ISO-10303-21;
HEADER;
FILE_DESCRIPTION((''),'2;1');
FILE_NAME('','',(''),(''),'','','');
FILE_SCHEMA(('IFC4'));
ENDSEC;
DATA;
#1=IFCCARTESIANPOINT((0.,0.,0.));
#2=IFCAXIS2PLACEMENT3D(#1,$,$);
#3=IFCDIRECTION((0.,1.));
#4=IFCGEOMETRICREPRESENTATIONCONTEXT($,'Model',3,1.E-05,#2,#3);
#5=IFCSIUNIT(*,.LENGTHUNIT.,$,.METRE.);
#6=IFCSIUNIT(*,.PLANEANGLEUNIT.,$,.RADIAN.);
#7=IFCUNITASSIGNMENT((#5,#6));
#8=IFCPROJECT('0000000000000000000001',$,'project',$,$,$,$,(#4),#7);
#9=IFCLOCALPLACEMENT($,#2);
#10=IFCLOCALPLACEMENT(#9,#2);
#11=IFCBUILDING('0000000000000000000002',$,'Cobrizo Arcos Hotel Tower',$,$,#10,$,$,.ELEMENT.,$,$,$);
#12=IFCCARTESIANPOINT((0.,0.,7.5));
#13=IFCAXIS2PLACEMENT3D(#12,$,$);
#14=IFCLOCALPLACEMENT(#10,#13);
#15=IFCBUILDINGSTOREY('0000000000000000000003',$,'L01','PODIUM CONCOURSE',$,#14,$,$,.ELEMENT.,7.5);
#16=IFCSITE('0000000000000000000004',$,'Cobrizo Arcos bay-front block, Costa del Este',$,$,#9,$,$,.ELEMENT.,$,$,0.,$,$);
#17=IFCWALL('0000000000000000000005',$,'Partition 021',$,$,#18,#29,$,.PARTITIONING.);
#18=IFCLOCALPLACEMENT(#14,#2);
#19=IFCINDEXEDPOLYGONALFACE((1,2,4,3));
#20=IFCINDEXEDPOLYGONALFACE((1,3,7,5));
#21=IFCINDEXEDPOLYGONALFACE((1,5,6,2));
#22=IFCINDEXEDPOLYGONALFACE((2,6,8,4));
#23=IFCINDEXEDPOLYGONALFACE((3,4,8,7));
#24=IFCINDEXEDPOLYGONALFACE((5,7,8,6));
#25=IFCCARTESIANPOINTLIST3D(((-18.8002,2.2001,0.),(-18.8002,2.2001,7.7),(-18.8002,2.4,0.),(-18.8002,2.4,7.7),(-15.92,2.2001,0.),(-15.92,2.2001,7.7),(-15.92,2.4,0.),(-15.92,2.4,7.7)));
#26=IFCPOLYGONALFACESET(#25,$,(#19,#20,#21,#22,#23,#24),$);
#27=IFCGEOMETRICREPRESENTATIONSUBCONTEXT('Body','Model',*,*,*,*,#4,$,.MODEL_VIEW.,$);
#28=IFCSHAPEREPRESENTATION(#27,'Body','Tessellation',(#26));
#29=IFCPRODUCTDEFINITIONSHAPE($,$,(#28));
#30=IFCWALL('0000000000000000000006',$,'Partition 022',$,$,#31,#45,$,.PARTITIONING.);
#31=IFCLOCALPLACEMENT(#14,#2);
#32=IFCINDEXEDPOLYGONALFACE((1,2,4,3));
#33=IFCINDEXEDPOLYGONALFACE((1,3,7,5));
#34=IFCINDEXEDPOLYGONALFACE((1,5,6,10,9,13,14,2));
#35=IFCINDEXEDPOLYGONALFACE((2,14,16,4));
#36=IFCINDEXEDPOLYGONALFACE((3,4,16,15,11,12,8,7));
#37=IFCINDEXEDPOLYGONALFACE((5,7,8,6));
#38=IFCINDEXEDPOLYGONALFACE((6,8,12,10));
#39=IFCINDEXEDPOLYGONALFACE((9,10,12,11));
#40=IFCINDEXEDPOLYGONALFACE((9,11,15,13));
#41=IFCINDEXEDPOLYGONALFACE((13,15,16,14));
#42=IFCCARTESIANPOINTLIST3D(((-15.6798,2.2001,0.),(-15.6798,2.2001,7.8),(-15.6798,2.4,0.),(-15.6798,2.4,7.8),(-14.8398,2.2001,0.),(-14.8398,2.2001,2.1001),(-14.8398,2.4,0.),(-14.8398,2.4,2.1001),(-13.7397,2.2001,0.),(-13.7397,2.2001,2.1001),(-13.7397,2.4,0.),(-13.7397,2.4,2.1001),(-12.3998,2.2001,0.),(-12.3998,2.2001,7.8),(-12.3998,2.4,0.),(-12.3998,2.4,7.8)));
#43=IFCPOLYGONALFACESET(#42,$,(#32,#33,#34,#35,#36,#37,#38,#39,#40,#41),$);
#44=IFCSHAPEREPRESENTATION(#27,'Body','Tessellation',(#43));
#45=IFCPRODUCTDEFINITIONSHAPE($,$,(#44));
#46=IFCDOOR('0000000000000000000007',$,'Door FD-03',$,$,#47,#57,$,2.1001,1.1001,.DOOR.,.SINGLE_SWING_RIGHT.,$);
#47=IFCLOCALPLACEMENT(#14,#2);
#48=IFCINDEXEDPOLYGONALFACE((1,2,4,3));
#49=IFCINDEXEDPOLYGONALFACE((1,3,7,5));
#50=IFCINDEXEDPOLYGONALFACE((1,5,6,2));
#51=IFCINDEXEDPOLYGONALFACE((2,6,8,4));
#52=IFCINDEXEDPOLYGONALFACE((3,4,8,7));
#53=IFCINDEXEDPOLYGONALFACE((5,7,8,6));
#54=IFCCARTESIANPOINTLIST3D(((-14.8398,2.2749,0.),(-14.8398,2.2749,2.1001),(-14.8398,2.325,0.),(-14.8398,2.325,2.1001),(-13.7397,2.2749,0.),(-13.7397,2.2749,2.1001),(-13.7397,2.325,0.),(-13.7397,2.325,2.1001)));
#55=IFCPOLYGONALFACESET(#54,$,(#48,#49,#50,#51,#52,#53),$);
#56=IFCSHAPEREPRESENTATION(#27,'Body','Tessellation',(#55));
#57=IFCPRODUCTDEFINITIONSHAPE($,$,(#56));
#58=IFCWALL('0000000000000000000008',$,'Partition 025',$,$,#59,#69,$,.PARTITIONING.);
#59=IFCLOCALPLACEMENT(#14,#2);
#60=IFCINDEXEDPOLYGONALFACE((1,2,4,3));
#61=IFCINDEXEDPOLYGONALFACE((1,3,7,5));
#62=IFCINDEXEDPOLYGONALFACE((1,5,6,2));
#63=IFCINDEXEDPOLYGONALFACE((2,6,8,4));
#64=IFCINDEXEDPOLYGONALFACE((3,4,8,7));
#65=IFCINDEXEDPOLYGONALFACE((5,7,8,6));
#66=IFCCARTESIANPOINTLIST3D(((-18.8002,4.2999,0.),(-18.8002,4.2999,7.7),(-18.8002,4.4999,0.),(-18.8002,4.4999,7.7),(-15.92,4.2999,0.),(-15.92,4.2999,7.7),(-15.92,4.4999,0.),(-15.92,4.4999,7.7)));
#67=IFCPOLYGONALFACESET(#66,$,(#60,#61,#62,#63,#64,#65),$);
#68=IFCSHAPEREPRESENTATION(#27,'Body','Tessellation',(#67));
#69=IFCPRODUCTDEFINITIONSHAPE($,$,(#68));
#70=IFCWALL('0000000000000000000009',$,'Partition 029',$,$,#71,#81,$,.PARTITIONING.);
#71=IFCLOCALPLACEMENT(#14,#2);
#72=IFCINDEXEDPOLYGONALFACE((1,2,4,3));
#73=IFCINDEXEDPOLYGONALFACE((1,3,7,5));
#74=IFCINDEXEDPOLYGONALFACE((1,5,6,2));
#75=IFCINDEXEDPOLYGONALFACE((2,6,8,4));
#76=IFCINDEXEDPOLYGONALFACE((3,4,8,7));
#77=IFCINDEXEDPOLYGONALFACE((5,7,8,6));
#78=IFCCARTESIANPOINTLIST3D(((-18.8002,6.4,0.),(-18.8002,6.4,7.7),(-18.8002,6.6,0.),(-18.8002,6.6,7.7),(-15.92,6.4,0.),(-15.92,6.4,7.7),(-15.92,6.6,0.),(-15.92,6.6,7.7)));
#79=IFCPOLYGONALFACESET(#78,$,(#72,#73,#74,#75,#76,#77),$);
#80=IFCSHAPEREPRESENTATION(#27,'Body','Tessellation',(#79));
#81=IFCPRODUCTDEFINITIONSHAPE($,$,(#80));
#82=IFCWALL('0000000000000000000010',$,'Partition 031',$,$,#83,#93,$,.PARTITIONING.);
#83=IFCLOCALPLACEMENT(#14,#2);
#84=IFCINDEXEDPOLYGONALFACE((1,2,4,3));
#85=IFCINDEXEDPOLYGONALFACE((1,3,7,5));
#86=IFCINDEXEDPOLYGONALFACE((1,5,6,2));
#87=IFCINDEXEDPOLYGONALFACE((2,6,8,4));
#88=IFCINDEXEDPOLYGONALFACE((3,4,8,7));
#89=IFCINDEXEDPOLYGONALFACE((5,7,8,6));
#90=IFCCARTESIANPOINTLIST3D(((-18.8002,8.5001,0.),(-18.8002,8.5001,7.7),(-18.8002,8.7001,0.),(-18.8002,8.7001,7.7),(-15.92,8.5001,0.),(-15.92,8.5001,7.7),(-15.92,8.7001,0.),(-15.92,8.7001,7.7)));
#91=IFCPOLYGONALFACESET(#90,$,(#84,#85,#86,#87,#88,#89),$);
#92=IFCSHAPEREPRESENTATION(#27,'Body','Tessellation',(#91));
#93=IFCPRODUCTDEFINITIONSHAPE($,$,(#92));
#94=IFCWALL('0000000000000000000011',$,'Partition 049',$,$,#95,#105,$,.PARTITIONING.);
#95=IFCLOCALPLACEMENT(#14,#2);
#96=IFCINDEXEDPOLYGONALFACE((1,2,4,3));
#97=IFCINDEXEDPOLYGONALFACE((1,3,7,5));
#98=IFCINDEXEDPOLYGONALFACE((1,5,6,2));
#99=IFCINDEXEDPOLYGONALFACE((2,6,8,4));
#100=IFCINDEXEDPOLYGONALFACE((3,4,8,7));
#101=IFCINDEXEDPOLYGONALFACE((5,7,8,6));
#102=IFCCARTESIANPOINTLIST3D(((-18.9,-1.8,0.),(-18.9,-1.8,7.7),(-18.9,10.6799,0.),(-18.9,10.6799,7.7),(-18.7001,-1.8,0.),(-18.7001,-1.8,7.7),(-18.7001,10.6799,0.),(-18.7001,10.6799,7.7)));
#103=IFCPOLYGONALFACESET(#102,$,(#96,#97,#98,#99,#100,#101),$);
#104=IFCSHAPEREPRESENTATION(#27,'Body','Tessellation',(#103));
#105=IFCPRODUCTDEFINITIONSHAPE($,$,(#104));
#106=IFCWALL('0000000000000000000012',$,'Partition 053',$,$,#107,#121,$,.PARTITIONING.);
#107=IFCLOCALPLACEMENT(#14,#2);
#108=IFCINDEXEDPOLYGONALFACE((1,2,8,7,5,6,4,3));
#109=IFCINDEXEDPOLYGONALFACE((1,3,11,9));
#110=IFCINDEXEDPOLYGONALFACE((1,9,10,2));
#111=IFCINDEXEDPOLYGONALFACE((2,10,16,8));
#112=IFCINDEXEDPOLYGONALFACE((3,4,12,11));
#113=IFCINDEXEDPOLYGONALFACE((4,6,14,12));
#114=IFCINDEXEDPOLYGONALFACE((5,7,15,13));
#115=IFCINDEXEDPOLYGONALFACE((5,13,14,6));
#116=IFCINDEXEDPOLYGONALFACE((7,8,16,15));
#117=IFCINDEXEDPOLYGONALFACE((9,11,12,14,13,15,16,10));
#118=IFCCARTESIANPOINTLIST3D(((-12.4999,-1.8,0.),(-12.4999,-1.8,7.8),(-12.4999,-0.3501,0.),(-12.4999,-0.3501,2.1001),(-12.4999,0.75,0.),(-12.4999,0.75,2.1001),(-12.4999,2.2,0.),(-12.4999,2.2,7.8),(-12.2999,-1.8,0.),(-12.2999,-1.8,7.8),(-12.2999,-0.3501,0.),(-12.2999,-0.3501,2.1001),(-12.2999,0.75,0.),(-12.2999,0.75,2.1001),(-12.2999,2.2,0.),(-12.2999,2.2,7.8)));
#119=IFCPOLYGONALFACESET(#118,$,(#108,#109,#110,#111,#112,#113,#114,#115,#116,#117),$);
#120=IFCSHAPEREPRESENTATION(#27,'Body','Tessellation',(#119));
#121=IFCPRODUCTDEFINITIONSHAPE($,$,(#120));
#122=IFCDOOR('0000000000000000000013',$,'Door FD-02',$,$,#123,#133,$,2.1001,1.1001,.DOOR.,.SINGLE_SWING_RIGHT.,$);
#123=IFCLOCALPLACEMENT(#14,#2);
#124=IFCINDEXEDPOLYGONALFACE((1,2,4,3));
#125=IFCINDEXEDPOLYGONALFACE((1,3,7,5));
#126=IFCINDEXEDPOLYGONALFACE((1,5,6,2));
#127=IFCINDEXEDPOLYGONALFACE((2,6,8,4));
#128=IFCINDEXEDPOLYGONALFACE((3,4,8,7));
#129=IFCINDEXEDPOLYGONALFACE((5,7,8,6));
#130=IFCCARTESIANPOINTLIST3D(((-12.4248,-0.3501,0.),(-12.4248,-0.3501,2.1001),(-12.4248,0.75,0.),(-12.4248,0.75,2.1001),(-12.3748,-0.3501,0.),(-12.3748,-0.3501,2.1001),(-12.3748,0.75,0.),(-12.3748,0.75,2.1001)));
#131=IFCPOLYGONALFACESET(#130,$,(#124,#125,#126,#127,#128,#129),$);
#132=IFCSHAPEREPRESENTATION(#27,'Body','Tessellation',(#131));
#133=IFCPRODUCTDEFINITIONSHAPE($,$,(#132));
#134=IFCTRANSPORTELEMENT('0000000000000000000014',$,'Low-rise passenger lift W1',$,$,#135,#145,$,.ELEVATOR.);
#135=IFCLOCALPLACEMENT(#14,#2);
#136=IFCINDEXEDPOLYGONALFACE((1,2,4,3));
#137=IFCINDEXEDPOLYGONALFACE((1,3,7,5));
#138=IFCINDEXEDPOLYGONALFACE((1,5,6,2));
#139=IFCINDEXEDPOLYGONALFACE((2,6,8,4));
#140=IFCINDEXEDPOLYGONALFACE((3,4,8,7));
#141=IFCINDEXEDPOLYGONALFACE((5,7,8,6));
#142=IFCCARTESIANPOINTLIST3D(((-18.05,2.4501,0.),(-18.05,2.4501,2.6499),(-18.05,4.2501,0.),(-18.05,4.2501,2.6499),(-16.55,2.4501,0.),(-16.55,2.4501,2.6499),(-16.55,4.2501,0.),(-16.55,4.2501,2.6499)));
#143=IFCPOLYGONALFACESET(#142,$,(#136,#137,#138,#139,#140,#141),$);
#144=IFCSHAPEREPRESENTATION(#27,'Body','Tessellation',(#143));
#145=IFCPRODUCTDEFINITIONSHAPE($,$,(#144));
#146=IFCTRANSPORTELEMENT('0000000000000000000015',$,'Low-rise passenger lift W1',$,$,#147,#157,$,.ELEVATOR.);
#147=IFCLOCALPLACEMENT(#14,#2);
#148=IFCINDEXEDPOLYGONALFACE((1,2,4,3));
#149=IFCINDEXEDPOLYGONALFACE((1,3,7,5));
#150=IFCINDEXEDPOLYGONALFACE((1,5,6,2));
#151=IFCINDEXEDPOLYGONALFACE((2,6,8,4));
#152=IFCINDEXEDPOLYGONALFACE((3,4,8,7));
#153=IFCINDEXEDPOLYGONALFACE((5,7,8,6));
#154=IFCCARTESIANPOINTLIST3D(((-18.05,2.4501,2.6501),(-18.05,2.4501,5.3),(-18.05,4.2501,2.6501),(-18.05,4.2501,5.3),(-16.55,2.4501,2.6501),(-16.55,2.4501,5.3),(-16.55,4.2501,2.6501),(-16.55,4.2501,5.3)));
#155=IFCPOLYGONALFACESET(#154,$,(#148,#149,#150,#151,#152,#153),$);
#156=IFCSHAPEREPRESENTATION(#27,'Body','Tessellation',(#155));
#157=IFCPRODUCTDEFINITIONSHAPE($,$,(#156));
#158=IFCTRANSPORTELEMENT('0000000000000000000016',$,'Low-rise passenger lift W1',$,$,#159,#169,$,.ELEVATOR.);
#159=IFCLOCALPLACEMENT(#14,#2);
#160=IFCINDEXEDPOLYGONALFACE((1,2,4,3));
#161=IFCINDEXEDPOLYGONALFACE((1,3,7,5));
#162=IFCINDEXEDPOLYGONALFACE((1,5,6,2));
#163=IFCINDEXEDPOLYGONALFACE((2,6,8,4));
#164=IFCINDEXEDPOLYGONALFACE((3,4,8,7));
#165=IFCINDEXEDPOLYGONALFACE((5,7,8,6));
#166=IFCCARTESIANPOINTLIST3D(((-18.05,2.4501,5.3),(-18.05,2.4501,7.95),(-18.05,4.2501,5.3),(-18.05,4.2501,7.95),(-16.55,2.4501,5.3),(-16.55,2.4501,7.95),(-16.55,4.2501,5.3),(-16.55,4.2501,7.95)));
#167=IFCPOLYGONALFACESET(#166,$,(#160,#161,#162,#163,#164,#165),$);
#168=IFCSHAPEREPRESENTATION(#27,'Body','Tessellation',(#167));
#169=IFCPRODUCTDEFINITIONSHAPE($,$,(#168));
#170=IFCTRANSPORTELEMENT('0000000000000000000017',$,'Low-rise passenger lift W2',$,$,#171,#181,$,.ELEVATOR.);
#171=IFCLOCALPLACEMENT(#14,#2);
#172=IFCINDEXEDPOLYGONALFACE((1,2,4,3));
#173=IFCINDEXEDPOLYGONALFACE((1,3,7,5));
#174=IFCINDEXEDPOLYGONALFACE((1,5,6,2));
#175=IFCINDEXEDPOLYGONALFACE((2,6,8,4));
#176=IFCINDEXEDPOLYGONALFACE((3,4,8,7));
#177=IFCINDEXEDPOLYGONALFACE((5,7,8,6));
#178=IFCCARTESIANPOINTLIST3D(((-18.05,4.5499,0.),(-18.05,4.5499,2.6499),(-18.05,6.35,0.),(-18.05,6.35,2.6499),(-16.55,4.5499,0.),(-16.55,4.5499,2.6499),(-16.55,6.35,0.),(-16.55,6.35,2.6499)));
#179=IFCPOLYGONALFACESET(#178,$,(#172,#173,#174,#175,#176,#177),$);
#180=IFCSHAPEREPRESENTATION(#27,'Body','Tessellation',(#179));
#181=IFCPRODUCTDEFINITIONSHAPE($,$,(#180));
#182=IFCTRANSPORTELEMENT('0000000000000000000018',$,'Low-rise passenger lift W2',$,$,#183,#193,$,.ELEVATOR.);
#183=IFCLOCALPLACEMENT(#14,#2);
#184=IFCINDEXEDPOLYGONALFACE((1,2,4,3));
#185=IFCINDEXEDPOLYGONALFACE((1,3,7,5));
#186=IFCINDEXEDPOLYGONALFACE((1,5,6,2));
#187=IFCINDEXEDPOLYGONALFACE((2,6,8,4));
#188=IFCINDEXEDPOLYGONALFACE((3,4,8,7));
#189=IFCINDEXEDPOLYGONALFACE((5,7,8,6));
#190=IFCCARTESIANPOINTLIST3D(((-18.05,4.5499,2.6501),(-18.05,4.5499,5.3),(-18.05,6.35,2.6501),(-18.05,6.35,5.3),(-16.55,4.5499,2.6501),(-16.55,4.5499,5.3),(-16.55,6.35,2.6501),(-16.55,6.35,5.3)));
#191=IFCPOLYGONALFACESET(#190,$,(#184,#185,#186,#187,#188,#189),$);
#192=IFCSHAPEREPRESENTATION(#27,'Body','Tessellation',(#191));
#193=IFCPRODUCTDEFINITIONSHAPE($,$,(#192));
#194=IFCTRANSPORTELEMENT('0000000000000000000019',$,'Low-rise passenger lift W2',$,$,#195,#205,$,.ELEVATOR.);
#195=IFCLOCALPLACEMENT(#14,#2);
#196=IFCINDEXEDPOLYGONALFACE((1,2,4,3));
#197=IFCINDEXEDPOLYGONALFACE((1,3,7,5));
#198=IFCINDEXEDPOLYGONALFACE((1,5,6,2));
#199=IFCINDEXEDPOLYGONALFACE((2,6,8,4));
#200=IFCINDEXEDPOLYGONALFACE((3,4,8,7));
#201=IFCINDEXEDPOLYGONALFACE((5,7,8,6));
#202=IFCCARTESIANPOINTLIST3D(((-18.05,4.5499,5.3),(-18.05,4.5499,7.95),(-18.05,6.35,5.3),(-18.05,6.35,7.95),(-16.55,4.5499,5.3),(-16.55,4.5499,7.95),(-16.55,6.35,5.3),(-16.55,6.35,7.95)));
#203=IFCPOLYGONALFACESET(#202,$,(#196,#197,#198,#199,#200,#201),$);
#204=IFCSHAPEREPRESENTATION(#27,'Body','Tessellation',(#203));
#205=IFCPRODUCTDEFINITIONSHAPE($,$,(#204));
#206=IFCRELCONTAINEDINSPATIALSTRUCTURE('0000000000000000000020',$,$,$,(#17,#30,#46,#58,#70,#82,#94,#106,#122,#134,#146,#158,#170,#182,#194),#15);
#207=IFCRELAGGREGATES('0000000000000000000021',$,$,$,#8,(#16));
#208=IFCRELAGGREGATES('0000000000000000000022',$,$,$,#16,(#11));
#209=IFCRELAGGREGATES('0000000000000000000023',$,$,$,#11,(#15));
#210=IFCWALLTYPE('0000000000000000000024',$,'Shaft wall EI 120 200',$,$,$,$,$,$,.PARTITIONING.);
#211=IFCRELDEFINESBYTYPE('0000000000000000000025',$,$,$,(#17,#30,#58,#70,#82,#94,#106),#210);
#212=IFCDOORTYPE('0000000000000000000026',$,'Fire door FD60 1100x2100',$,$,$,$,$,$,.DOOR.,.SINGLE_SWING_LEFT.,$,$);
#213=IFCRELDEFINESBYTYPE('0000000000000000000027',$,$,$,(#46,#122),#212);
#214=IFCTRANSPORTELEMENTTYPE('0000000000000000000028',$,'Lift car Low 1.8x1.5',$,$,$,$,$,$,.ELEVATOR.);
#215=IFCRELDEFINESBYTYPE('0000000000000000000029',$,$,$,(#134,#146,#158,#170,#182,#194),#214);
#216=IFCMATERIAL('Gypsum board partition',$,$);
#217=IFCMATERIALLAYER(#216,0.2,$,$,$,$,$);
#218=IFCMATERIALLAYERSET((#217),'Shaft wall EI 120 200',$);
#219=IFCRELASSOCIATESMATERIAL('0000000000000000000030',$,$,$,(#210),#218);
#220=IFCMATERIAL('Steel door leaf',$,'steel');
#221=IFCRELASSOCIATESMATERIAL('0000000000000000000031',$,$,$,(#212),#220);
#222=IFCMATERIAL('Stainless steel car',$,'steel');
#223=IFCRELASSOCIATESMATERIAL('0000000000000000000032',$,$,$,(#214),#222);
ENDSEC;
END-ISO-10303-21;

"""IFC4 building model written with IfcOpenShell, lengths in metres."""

from ifc_helpers import new_model, si_unit, direction, frame, frame_2d, origin, origin_2d, place, context, subcontext, project, spatial, rectangle, extrude, material, layer, layer_set, type_object, element, fill, save


model = new_model("IFC4")

# Units and contexts
model_context = context("Model", 3, precision=1e-05, world=origin(), true_north=direction((0.0, 1.0)))
body_context = subcontext(model_context, "Body", "Model", "MODEL_VIEW")
ifc_project = project(units=[si_unit("LENGTHUNIT", "METRE"), si_unit("PLANEANGLEUNIT", "RADIAN")], contexts=[model_context])

# Site, building, storey
site_placement = place(None, origin())
site = spatial("IfcSite", under=ifc_project, at=site_placement, Name="Cobrizo Arcos bay-front block, Costa del Este", CompositionType="ELEMENT", RefElevation=0.0)
building_placement = place(site_placement, origin())
building = spatial("IfcBuilding", under=site, at=building_placement, Name="Cobrizo Arcos Hotel Tower", CompositionType="ELEMENT")
storey_placement = place(building_placement, frame((0.0, 0.0, 7.5)))
storey = spatial("IfcBuildingStorey", under=building, at=storey_placement, Name="L01", Description="PODIUM CONCOURSE", CompositionType="ELEMENT", Elevation=7.5)

# Wall
ifc_material_1 = material(Name="Gypsum board partition")
ifc_layer_1 = layer(ifc_material_1, 0.2)
ifc_layer_set_1 = layer_set([ifc_layer_1], Name="Shaft wall EI 120 200")
wall_type_1 = type_object("IfcWallType", Name="Shaft wall EI 120 200", PredefinedType="PARTITIONING", material=ifc_layer_set_1)
for number, where, z_axis, x_axis, name in (
    (1, (-18.8, 2.3, 0.0), (0.0, 0.0, 1.0), (1.0, 0.0, 0.0), "Partition 021"),
):
    element("IfcWall", number, at=place(storey_placement, frame(where, z_axis=z_axis, x_axis=x_axis)), inside=storey, type_object=wall_type_1, Name=name, PredefinedType="PARTITIONING", context=body_context, shape_type="SweptSolid", body=[
        extrude(rectangle(XDim=2.8801, YDim=0.2, at=frame_2d((1.4399, 0.0))), origin(), (0.0, 0.0, 1.0), 7.7),
    ])

# Wall, opening, door
wall_1_placement = place(storey_placement, frame((-15.6799, 2.3, 0.0), z_axis=(0.0, 0.0, 1.0), x_axis=(1.0, 0.0, 0.0)))
wall_1 = element("IfcWall", 2, at=wall_1_placement, inside=storey, type_object=wall_type_1, Name="Partition 022", PredefinedType="PARTITIONING", context=body_context, shape_type="SweptSolid", body=[
    extrude(rectangle(XDim=3.28, YDim=0.2, at=frame_2d((1.6401, 0.0))), origin(), (0.0, 0.0, 1.0), 7.8),
])
opening_1_placement = place(wall_1_placement, frame((0.8401, 0.0, 0.0)))
opening_1 = element("IfcOpeningElement", 3, at=opening_1_placement, cuts=wall_1, PredefinedType="OPENING", context=body_context, shape_type="SweptSolid", body=[
    extrude(rectangle(XDim=1.1001, YDim=2.1001, at=frame_2d((0.55, 1.05))), frame((0.0, 0.1121, 0.0), z_axis=(0.0, -1.0, 0.0), x_axis=(1.0, 0.0, 0.0)), (0.0, 0.0, 1.0), 0.2239),
])
ifc_material_2 = material(Name="Steel door leaf", Category="steel")
door_type = type_object("IfcDoorType", Name="Fire door FD60 1100x2100", OperationType="SINGLE_SWING_LEFT", PredefinedType="DOOR", material=ifc_material_2)
door_1_placement = place(opening_1_placement, origin())
door_1 = element("IfcDoor", 4, at=door_1_placement, inside=storey, type_object=door_type, Name="Door FD-03", OperationType="SINGLE_SWING_RIGHT", OverallHeight=2.1001, OverallWidth=1.1001, PredefinedType="DOOR", context=body_context, shape_type="SweptSolid", body=[
    extrude(rectangle(XDim=1.1001, YDim=2.1001, at=frame_2d((0.55, 1.05))), frame((0.0, 0.0249, 0.0), z_axis=(0.0, -1.0, 0.0), x_axis=(1.0, 0.0, 0.0)), (0.0, 0.0, 1.0), 0.05),
])
fill(opening_1, door_1)

# Walls
for number, where, z_axis, x_axis, name in (
    (5, (-18.8, 4.3999, 0.0), (0.0, 0.0, 1.0), (1.0, 0.0, 0.0), "Partition 025"),
    (6, (-18.8, 6.5, 0.0), (0.0, 0.0, 1.0), (1.0, 0.0, 0.0), "Partition 029"),
    (7, (-18.8, 8.6001, 0.0), (0.0, 0.0, 1.0), (1.0, 0.0, 0.0), "Partition 031"),
):
    element("IfcWall", number, at=place(storey_placement, frame(where, z_axis=z_axis, x_axis=x_axis)), inside=storey, type_object=wall_type_1, Name=name, PredefinedType="PARTITIONING", context=body_context, shape_type="SweptSolid", body=[
        extrude(rectangle(XDim=2.8801, YDim=0.2, at=frame_2d((1.4399, 0.0))), origin(), (0.0, 0.0, 1.0), 7.7),
    ])
wall_2_placement = place(storey_placement, frame((-18.8, -1.8, 0.0), z_axis=(0.0, 0.0, 1.0), x_axis=(0.0, 1.0, 0.0)))
element("IfcWall", 8, at=wall_2_placement, inside=storey, type_object=wall_type_1, Name="Partition 049", PredefinedType="PARTITIONING", context=body_context, shape_type="SweptSolid", body=[
    extrude(rectangle(XDim=12.48, YDim=0.2, at=frame_2d((6.24, 0.0))), origin(), (0.0, 0.0, 1.0), 7.7),
])

# Wall, opening, door
wall_3_placement = place(storey_placement, frame((-12.3999, -1.8, 0.0), z_axis=(0.0, 0.0, 1.0), x_axis=(0.0, 1.0, 0.0)))
wall_3 = element("IfcWall", 9, at=wall_3_placement, inside=storey, type_object=wall_type_1, Name="Partition 053", PredefinedType="PARTITIONING", context=body_context, shape_type="SweptSolid", body=[
    extrude(rectangle(XDim=4.0, YDim=0.2, at=frame_2d((2.0, 0.0))), origin(), (0.0, 0.0, 1.0), 7.8),
])
opening_2_placement = place(wall_3_placement, frame((1.45, 0.0, 0.0)))
opening_2 = element("IfcOpeningElement", 10, at=opening_2_placement, cuts=wall_3, PredefinedType="OPENING", context=body_context, shape_type="SweptSolid", body=[
    extrude(rectangle(XDim=1.1001, YDim=2.1001, at=frame_2d((0.55, 1.05))), frame((0.0, 0.1121, 0.0), z_axis=(0.0, -1.0, 0.0), x_axis=(1.0, 0.0, 0.0)), (0.0, 0.0, 1.0), 0.2239),
])
door_2_placement = place(opening_2_placement, origin())
door_2 = element("IfcDoor", 11, at=door_2_placement, inside=storey, type_object=door_type, Name="Door FD-02", OperationType="SINGLE_SWING_RIGHT", OverallHeight=2.1001, OverallWidth=1.1001, PredefinedType="DOOR", context=body_context, shape_type="SweptSolid", body=[
    extrude(rectangle(XDim=1.1001, YDim=2.1001, at=frame_2d((0.55, 1.05))), frame((0.0, 0.0249, 0.0), z_axis=(0.0, -1.0, 0.0), x_axis=(1.0, 0.0, 0.0)), (0.0, 0.0, 1.0), 0.05),
])
fill(opening_2, door_2)

# Transport elements
ifc_material_3 = material(Name="Stainless steel car", Category="steel")
transport_element_type = type_object("IfcTransportElementType", Name="Lift car Low 1.8x1.5", PredefinedType="ELEVATOR", material=ifc_material_3)
for number, where, z_axis, x_axis, name in (
    (12, (-17.3, 3.3501, 0.0), (0.0, 0.0, 1.0), (1.0, 0.0, 0.0), "Low-rise passenger lift W1"),
    (13, (-17.3, 3.3501, 2.6501), (0.0, 0.0, 1.0), (1.0, 0.0, 0.0), "Low-rise passenger lift W1"),
    (14, (-17.3, 3.3501, 5.3), (0.0, 0.0, 1.0), (1.0, 0.0, 0.0), "Low-rise passenger lift W1"),
    (15, (-17.3, 5.45, 0.0), (0.0, 0.0, 1.0), (1.0, 0.0, 0.0), "Low-rise passenger lift W2"),
    (16, (-17.3, 5.45, 2.6501), (0.0, 0.0, 1.0), (1.0, 0.0, 0.0), "Low-rise passenger lift W2"),
    (17, (-17.3, 5.45, 5.3), (0.0, 0.0, 1.0), (1.0, 0.0, 0.0), "Low-rise passenger lift W2"),
):
    element("IfcTransportElement", number, at=place(storey_placement, frame(where, z_axis=z_axis, x_axis=x_axis)), inside=storey, type_object=transport_element_type, Name=name, PredefinedType="ELEVATOR", context=body_context, shape_type="SweptSolid", body=[
        extrude(rectangle(XDim=1.5, YDim=1.8, at=origin_2d()), origin(), (0.0, 0.0, 1.0), 2.6499),
    ])

save(model, "model.ifc")
